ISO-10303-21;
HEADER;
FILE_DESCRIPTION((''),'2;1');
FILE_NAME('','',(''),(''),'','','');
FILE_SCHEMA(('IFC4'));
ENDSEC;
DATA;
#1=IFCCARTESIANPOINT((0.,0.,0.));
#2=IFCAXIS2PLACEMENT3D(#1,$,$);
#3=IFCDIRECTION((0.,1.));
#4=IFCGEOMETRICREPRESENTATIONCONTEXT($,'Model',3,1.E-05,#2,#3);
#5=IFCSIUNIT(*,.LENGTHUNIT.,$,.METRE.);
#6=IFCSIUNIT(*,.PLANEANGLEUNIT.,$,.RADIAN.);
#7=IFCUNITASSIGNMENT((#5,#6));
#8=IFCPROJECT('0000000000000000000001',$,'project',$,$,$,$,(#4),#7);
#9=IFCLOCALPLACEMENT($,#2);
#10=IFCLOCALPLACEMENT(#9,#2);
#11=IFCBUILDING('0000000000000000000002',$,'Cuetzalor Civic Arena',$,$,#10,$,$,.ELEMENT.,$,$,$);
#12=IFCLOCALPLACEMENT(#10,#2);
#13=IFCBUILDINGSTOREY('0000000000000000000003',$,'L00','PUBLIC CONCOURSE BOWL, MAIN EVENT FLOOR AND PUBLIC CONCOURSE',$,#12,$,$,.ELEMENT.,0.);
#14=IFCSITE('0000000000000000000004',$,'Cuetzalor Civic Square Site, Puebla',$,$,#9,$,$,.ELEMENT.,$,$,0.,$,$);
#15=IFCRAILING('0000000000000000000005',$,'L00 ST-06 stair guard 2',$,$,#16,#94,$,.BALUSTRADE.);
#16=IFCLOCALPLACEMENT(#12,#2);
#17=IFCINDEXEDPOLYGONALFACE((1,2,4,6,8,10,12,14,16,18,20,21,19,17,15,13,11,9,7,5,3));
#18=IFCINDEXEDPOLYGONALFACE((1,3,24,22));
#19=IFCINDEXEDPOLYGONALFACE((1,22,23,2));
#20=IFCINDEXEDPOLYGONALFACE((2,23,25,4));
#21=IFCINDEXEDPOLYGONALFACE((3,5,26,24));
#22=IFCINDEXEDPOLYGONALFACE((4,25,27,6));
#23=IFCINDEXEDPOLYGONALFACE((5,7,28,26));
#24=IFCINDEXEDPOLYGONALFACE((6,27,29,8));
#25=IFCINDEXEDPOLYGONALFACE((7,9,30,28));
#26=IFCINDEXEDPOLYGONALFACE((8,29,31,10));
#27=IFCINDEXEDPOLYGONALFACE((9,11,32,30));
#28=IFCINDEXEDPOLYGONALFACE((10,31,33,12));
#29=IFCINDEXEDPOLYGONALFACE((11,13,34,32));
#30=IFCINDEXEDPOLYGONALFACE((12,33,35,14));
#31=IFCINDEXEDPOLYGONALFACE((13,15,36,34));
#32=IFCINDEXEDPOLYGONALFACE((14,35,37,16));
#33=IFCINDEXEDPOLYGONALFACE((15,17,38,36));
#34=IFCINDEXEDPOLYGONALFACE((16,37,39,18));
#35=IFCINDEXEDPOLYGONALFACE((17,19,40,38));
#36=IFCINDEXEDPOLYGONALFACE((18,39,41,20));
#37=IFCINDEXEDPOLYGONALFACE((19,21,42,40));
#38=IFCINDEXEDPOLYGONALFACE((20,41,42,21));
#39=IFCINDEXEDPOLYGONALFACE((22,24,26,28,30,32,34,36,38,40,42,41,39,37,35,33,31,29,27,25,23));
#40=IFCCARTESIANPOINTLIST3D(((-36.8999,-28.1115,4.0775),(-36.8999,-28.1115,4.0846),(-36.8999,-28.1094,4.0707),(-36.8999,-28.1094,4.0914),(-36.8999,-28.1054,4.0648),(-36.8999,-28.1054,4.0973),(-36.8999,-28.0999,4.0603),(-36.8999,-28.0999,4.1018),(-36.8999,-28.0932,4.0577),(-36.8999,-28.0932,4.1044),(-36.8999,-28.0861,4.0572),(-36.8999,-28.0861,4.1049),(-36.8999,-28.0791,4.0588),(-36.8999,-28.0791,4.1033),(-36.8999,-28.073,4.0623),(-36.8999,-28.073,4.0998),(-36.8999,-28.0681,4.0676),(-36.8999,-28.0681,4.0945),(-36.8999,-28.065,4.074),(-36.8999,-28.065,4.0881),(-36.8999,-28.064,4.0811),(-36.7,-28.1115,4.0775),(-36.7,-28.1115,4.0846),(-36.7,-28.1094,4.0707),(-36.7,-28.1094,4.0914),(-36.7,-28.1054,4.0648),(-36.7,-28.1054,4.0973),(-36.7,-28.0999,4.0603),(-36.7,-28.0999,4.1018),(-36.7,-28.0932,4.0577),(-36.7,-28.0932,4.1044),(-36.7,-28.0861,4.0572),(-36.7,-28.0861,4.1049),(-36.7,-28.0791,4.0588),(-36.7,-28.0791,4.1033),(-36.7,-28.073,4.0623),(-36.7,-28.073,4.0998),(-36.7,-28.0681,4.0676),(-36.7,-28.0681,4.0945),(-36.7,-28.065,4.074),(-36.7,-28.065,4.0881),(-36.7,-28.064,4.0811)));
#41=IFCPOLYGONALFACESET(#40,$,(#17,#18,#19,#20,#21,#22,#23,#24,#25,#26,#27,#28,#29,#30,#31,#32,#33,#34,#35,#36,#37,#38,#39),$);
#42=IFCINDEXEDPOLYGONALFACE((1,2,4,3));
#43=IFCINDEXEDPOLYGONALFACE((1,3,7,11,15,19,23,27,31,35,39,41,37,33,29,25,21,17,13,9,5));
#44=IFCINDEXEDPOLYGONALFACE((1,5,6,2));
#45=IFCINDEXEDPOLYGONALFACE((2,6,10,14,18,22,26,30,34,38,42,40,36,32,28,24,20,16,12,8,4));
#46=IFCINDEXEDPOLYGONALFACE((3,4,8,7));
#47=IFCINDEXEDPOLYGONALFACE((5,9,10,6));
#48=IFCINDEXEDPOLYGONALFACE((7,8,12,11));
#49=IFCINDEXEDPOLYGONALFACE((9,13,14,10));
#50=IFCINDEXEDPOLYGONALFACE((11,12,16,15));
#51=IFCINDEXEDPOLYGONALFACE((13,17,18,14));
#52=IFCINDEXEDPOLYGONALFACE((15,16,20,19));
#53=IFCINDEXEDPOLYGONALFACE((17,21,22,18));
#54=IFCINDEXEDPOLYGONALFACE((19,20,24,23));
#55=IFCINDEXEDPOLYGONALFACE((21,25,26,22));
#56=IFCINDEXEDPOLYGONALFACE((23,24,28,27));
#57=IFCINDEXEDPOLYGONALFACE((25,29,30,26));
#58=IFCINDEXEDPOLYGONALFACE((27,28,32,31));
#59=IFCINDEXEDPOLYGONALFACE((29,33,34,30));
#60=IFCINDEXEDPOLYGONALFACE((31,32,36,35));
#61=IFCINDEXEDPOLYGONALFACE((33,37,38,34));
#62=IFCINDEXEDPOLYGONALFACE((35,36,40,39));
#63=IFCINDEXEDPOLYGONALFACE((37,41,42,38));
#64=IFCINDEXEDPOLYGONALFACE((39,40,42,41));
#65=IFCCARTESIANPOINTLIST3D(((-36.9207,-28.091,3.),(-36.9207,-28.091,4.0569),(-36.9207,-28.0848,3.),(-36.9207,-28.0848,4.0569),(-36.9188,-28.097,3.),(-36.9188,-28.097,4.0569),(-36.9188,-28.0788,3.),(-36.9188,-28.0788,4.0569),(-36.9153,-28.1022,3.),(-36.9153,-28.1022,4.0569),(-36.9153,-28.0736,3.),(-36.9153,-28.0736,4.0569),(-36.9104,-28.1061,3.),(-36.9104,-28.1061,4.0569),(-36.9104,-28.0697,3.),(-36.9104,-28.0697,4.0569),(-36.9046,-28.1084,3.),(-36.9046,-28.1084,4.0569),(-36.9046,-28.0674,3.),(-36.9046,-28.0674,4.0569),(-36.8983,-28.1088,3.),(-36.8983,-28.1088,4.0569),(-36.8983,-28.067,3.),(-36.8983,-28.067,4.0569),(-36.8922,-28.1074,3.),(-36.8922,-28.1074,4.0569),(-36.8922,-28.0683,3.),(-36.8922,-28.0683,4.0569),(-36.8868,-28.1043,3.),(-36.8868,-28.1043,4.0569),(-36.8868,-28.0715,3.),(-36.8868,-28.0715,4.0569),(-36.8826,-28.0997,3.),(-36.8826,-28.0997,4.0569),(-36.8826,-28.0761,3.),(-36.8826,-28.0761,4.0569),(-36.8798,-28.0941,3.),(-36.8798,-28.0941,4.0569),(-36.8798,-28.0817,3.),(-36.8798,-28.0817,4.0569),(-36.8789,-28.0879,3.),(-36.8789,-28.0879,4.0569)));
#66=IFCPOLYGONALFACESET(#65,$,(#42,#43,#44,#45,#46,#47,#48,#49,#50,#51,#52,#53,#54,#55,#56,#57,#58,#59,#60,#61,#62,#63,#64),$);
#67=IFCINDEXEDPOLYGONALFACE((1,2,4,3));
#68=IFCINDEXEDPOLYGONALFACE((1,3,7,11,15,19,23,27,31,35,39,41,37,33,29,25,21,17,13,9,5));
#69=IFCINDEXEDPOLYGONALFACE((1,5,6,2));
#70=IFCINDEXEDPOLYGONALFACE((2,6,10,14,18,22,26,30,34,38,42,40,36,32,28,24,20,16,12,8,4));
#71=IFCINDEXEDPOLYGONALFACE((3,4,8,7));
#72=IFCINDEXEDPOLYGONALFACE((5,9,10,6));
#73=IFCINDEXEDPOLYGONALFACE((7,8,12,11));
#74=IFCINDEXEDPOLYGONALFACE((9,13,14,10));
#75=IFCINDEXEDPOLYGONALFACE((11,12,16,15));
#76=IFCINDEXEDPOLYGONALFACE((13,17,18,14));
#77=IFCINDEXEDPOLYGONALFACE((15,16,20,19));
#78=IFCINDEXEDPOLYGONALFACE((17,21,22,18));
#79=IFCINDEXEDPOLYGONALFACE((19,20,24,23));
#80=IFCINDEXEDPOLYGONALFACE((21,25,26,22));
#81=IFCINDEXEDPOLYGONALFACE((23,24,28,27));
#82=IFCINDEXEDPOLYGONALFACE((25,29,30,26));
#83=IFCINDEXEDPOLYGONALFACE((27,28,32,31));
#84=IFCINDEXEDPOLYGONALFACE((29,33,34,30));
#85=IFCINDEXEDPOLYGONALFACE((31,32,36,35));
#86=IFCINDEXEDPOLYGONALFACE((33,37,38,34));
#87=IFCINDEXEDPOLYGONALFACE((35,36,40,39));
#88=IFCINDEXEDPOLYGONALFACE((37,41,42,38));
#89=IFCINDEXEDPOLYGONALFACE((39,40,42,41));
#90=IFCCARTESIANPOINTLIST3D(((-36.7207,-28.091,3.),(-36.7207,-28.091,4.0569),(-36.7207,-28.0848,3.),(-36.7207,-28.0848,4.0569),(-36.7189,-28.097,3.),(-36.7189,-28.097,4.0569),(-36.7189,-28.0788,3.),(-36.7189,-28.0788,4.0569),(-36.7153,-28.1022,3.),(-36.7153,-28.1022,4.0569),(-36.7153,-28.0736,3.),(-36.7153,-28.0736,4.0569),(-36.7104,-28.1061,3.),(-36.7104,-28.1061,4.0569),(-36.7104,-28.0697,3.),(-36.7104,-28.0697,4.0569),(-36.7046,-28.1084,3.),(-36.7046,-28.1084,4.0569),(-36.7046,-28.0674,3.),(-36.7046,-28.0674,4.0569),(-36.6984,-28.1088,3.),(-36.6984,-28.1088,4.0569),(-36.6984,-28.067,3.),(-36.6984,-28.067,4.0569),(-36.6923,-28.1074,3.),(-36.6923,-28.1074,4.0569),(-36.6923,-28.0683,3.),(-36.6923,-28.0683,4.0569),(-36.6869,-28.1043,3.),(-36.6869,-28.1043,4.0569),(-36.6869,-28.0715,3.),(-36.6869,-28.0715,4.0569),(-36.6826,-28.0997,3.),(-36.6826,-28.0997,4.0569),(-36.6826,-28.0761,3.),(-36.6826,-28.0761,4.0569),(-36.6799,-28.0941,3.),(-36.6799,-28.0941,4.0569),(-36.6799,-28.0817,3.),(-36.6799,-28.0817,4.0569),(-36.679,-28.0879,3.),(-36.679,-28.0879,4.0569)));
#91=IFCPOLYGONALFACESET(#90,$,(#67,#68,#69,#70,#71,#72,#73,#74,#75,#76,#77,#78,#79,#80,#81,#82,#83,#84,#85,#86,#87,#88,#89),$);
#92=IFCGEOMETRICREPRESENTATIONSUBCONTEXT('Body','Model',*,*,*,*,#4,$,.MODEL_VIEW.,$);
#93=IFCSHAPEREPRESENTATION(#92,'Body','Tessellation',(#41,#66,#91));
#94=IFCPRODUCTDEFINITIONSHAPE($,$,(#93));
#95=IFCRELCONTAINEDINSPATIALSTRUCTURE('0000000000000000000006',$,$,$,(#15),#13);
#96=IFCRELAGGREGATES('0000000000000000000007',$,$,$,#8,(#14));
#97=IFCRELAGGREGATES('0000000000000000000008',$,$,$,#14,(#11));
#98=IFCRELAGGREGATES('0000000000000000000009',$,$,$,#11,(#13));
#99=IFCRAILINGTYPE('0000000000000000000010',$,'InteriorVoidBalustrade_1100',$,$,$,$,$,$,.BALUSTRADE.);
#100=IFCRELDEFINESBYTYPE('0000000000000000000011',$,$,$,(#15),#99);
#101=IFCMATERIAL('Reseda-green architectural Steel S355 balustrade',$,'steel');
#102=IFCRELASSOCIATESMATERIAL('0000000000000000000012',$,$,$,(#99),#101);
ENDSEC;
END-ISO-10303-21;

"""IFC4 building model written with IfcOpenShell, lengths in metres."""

from ifc_helpers import new_model, si_unit, direction, frame, origin, origin_2d, place, context, subcontext, project, spatial, circle, extrude, material, type_object, element, save


model = new_model("IFC4")

# Units and contexts
model_context = context("Model", 3, precision=1e-05, world=origin(), true_north=direction((0.0, 1.0)))
body_context = subcontext(model_context, "Body", "Model", "MODEL_VIEW")
ifc_project = project(units=[si_unit("LENGTHUNIT", "METRE"), si_unit("PLANEANGLEUNIT", "RADIAN")], contexts=[model_context])

# Site, building, storey
site_placement = place(None, origin())
site = spatial("IfcSite", under=ifc_project, at=site_placement, Name="Cuetzalor Civic Square Site, Puebla", CompositionType="ELEMENT", RefElevation=0.0)
building_placement = place(site_placement, origin())
building = spatial("IfcBuilding", under=site, at=building_placement, Name="Cuetzalor Civic Arena", CompositionType="ELEMENT")
storey_placement = place(building_placement, origin())
storey = spatial("IfcBuildingStorey", under=building, at=storey_placement, Name="L00", Description="PUBLIC CONCOURSE BOWL, MAIN EVENT FLOOR AND PUBLIC CONCOURSE", CompositionType="ELEMENT", Elevation=0.0)

# Railing
ifc_material_1 = material(Name="Reseda-green architectural Steel S355 balustrade", Category="steel")
railing_type_1 = type_object("IfcRailingType", Name="InteriorVoidBalustrade_1100", PredefinedType="BALUSTRADE", material=ifc_material_1)
railing_1_placement = place(storey_placement, frame((-36.8999, -28.0879, 3.0)))
element("IfcRailing", 1, at=railing_1_placement, inside=storey, type_object=railing_type_1, Name="L00 ST-06 stair guard 2", PredefinedType="BALUSTRADE", context=body_context, shape_type="SweptSolid", body=[
    extrude(circle(Radius=0.0239, at=origin_2d()), frame((0.0, 0.0, 1.0811), z_axis=(1.0, 0.0, 0.0), x_axis=(0.0, 1.0, 0.0)), (0.0, 0.0, 1.0), 0.2),
    extrude(circle(Radius=0.021, at=origin_2d()), origin(), (0.0, 0.0, 1.0), 1.0569),
    extrude(circle(Radius=0.021, at=origin_2d()), frame((0.2, 0.0, 0.0)), (0.0, 0.0, 1.0), 1.0569),
])

save(model, "model.ifc")
